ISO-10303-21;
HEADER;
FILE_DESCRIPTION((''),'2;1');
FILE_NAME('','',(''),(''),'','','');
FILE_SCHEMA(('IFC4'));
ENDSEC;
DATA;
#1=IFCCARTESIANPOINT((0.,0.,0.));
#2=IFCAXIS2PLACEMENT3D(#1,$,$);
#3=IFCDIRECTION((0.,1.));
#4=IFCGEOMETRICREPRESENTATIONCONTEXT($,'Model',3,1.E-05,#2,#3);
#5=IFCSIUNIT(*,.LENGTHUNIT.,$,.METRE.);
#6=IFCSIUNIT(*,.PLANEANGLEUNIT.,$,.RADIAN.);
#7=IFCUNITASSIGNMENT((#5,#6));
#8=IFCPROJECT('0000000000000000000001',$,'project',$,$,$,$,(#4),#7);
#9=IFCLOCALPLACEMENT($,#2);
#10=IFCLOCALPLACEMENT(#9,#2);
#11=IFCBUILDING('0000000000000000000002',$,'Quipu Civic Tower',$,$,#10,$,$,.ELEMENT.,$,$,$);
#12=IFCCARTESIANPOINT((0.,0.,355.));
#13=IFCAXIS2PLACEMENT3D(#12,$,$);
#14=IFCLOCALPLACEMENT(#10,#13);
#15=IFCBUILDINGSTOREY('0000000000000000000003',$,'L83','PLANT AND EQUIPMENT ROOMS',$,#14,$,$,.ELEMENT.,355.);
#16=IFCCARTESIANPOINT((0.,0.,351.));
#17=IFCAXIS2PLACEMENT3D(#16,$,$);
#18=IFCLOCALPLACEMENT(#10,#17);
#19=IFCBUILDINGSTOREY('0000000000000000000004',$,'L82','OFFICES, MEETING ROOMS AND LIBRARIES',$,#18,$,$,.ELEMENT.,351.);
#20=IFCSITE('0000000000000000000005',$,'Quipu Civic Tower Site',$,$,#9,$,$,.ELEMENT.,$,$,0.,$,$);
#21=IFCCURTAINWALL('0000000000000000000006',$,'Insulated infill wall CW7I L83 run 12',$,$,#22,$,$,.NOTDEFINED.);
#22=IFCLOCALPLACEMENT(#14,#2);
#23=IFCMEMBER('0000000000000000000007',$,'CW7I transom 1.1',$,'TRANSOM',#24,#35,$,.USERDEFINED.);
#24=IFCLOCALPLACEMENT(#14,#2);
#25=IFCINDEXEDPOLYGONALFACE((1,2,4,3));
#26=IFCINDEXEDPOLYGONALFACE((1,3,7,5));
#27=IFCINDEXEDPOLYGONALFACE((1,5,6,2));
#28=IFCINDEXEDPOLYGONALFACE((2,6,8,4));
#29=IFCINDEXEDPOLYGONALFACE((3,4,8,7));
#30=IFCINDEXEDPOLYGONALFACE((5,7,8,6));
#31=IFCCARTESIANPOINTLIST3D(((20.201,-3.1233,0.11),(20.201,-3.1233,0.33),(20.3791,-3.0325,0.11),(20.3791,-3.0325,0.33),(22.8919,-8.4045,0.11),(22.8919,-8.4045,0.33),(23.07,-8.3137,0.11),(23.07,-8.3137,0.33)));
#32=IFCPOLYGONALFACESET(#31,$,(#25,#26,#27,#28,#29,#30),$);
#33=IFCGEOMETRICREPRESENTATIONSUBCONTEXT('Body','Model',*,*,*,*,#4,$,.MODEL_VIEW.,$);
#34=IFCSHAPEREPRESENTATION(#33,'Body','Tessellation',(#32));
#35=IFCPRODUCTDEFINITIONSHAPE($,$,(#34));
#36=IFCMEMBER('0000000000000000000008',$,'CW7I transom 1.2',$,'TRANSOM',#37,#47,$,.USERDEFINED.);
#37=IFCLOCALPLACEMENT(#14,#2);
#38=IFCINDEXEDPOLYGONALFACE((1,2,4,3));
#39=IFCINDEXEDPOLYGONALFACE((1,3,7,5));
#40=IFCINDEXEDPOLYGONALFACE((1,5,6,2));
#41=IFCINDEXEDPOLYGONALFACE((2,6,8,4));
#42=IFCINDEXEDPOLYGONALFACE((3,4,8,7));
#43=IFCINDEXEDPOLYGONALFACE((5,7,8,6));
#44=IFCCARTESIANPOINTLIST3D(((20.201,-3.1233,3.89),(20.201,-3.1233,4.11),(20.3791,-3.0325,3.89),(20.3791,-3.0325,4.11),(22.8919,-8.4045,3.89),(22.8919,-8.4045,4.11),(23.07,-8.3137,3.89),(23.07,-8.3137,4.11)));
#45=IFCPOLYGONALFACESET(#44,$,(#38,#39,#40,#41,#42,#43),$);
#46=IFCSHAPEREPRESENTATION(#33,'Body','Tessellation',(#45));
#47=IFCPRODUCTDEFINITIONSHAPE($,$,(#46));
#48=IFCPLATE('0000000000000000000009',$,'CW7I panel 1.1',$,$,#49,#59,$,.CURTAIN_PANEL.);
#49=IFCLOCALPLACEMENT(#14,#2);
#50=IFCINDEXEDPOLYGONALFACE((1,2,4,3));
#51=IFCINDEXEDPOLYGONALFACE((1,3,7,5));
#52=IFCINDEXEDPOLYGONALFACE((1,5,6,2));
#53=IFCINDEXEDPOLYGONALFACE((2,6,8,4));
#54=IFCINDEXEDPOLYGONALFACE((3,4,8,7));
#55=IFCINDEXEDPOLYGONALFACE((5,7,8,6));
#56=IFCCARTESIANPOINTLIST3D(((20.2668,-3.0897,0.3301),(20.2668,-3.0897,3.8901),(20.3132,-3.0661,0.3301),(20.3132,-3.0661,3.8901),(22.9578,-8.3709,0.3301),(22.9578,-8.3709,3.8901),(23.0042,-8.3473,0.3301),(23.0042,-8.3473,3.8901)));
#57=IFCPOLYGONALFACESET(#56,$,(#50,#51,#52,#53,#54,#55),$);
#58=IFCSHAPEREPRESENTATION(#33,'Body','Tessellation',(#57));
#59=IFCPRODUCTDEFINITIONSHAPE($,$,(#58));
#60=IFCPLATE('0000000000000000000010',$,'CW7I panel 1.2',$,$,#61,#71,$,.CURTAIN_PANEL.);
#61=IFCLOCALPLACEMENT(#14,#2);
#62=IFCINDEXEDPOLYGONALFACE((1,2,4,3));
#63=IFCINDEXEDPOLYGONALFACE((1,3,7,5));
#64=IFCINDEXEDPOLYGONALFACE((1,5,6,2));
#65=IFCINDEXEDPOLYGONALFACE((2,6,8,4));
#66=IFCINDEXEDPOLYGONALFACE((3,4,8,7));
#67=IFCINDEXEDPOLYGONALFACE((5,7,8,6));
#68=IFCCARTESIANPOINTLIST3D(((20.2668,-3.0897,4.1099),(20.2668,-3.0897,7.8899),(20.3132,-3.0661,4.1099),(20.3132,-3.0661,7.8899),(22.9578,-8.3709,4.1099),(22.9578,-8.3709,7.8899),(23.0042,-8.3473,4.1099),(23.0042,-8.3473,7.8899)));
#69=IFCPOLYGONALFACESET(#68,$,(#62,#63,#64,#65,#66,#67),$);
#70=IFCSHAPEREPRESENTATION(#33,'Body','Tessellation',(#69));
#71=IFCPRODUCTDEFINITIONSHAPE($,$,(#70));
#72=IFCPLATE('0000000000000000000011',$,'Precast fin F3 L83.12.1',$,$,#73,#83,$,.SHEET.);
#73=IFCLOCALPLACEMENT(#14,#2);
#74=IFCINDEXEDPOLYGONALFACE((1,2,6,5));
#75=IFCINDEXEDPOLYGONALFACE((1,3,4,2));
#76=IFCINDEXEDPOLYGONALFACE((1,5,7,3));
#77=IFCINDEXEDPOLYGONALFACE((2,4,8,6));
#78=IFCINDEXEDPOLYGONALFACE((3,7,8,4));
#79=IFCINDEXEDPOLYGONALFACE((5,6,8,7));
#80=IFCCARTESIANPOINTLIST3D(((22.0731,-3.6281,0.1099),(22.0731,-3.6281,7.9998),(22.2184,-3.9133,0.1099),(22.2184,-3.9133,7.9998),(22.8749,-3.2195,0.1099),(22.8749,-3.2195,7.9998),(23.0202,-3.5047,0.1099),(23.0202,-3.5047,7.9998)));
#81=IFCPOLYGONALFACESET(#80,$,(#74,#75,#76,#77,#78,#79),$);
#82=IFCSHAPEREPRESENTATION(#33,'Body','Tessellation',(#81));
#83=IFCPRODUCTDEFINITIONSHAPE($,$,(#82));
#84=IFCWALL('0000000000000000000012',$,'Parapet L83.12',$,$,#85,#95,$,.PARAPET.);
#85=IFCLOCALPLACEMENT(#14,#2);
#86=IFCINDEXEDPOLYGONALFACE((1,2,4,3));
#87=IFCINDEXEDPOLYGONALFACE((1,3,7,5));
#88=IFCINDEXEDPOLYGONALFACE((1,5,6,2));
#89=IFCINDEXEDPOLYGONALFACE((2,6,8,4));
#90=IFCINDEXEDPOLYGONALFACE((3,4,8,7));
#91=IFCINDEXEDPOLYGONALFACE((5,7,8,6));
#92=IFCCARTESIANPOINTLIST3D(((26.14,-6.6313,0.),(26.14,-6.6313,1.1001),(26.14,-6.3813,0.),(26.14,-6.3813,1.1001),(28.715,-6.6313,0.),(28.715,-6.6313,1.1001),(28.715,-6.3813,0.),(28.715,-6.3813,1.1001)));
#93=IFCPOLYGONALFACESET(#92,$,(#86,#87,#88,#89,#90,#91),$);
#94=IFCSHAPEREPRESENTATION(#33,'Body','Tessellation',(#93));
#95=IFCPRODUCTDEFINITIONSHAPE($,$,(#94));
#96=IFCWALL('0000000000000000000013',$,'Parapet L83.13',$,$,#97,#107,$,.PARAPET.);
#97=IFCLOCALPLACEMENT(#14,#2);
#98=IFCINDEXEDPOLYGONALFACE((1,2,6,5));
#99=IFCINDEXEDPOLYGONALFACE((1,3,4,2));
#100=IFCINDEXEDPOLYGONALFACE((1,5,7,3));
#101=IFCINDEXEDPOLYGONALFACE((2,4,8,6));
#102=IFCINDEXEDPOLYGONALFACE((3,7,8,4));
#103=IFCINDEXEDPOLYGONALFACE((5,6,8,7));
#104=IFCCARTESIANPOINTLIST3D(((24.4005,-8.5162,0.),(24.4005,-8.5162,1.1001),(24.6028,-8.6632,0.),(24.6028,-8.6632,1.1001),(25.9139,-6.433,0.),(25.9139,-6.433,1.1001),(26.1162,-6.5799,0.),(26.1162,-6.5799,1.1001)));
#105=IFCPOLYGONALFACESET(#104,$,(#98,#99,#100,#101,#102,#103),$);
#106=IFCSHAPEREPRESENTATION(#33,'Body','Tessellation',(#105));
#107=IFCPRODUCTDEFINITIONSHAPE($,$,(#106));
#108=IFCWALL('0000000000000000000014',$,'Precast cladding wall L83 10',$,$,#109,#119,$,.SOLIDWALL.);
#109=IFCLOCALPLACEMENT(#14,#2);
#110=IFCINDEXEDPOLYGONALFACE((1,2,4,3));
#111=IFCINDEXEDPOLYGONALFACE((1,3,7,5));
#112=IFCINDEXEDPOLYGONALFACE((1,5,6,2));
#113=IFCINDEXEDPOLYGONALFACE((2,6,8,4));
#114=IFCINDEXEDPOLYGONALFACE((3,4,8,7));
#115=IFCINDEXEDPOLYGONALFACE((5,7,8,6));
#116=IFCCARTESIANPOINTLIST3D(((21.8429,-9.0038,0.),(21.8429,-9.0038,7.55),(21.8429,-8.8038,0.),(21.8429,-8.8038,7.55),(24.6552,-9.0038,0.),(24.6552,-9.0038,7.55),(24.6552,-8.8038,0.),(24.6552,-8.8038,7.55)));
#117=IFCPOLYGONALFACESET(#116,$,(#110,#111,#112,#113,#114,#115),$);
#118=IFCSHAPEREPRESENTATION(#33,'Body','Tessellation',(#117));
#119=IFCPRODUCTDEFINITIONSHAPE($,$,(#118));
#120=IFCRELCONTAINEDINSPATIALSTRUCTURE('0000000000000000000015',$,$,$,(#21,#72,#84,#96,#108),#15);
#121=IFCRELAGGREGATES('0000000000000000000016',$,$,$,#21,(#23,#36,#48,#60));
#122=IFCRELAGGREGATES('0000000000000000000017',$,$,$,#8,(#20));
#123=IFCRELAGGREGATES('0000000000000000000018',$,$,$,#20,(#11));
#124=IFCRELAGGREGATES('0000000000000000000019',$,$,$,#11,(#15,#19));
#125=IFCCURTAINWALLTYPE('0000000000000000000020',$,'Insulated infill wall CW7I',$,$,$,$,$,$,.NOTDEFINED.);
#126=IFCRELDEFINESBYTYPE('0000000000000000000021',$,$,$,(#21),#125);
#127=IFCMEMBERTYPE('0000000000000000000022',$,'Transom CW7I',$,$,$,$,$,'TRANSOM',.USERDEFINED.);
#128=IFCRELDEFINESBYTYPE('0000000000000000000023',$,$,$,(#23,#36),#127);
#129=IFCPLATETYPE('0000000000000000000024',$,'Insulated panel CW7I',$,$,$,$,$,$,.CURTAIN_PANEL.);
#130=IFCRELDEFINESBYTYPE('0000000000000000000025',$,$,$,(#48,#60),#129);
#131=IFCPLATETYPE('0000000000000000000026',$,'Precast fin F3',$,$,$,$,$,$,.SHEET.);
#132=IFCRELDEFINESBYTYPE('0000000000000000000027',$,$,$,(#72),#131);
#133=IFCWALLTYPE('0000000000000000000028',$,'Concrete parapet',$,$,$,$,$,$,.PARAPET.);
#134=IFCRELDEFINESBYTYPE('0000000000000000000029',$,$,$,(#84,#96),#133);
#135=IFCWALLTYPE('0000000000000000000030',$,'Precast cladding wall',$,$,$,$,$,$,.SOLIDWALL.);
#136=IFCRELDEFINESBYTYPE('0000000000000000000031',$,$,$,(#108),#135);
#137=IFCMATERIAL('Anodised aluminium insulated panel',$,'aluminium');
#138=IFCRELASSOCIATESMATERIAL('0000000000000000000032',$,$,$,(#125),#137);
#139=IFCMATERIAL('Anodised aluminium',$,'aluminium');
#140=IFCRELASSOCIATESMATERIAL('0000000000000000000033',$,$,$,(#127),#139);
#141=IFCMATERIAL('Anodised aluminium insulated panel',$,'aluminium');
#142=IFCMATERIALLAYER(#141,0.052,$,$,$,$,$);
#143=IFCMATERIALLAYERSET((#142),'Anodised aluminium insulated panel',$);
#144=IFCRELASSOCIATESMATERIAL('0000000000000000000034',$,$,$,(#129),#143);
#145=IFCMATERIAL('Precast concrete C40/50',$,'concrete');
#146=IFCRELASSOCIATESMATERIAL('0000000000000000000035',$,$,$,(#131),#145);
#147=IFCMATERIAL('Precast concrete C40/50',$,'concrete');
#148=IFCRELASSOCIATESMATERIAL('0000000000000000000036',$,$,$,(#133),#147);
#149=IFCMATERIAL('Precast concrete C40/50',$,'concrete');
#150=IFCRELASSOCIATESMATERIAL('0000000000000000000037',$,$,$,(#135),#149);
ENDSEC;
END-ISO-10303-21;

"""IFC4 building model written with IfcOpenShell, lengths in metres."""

from ifc_helpers import new_model, si_unit, direction, frame, frame_2d, origin, origin_2d, place, context, subcontext, project, spatial, rectangle, extrude, material, layer, layer_set, material_profile, profile_set, type_object, element, aggregate, save


model = new_model("IFC4")

# Units and contexts
model_context = context("Model", 3, precision=1e-05, world=origin(), true_north=direction((0.0, 1.0)))
body_context = subcontext(model_context, "Body", "Model", "MODEL_VIEW")
ifc_project = project(units=[si_unit("LENGTHUNIT", "METRE"), si_unit("PLANEANGLEUNIT", "RADIAN")], contexts=[model_context])

# Site, building, storey
site_placement = place(None, origin())
site = spatial("IfcSite", under=ifc_project, at=site_placement, Name="Quipu Civic Tower Site", CompositionType="ELEMENT", RefElevation=0.0)
building_placement = place(site_placement, origin())
building = spatial("IfcBuilding", under=site, at=building_placement, Name="Quipu Civic Tower", CompositionType="ELEMENT")
storey_1_placement = place(building_placement, frame((0.0, 0.0, 355.0)))
storey_1 = spatial("IfcBuildingStorey", under=building, at=storey_1_placement, Name="L83", Description="PLANT AND EQUIPMENT ROOMS", CompositionType="ELEMENT", Elevation=355.0)

# Curtain wall
ifc_material_1 = material(Name="Anodised aluminium insulated panel", Category="aluminium")
curtain_wall_type_1 = type_object("IfcCurtainWallType", Name="Insulated infill wall CW7I", PredefinedType="NOTDEFINED", material=ifc_material_1)
curtain_wall_1_placement = place(storey_1_placement, origin())
curtain_wall_1 = element("IfcCurtainWall", 1, at=curtain_wall_1_placement, inside=storey_1, type_object=curtain_wall_type_1, Name="Insulated infill wall CW7I L83 run 12", PredefinedType="NOTDEFINED")

# Shared definitions
storey_2_placement = place(building_placement, frame((0.0, 0.0, 351.0)))
storey_2 = spatial("IfcBuildingStorey", under=building, at=storey_2_placement, Name="L82", Description="OFFICES, MEETING ROOMS AND LIBRARIES", CompositionType="ELEMENT", Elevation=351.0)

# Members
ifc_material_2 = material(Name="Anodised aluminium", Category="aluminium")
ifc_material_profile_1 = material_profile(ifc_material_2, rectangle(XDim=0.2, YDim=0.22, at=origin_2d()), Name="RECT 200x220")
ifc_profile_set_1 = profile_set([ifc_material_profile_1], Name="Anodised aluminium")
member_type_1 = type_object("IfcMemberType", Name="Transom CW7I", ElementType="TRANSOM", PredefinedType="USERDEFINED", material=ifc_profile_set_1)
member_1_placement = place(storey_1_placement, frame((22.981, -8.3591, 0.22), z_axis=(-0.453989, 0.891007, 0.0), x_axis=(-0.891007, -0.453989, 0.0)))
member_1 = element("IfcMember", 2, at=member_1_placement, type_object=member_type_1, Name="CW7I transom 1.1", ObjectType="TRANSOM", PredefinedType="USERDEFINED", context=body_context, shape_type="SweptSolid", body=[
    extrude(rectangle(XDim=0.2, YDim=0.22, at=origin_2d()), origin(), (0.0, 0.0, 1.0), 5.9272),
])
member_2_placement = place(storey_1_placement, frame((22.981, -8.3591, 4.0), z_axis=(-0.453989, 0.891007, 0.0), x_axis=(-0.891007, -0.453989, 0.0)))
member_2 = element("IfcMember", 3, at=member_2_placement, type_object=member_type_1, Name="CW7I transom 1.2", ObjectType="TRANSOM", PredefinedType="USERDEFINED", context=body_context, shape_type="SweptSolid", body=[
    extrude(rectangle(XDim=0.2, YDim=0.22, at=origin_2d()), origin(), (0.0, 0.0, 1.0), 5.9272),
])

# Plates
ifc_material_3 = material(Name="Anodised aluminium insulated panel", Category="aluminium")
ifc_layer = layer(ifc_material_3, 0.052)
ifc_layer_set = layer_set([ifc_layer], Name="Anodised aluminium insulated panel")
plate_type_1 = type_object("IfcPlateType", Name="Insulated panel CW7I", PredefinedType="CURTAIN_PANEL", material=ifc_layer_set)
plate_1_placement = place(storey_1_placement, frame((21.6355, -5.7185, 0.3301), z_axis=(0.0, 0.0, 1.0), x_axis=(-0.454002, 0.891001, 0.0)))
plate_1 = element("IfcPlate", 4, at=plate_1_placement, type_object=plate_type_1, Name="CW7I panel 1.1", PredefinedType="CURTAIN_PANEL", context=body_context, shape_type="SweptSolid", body=[
    extrude(rectangle(XDim=5.9272, YDim=0.052, at=origin_2d()), origin(), (0.0, 0.0, 1.0), 3.5601),
])
plate_2_placement = place(storey_1_placement, frame((21.6355, -5.7185, 4.1099), z_axis=(0.0, 0.0, 1.0), x_axis=(-0.454002, 0.891001, 0.0)))
plate_2 = element("IfcPlate", 5, at=plate_2_placement, type_object=plate_type_1, Name="CW7I panel 1.2", PredefinedType="CURTAIN_PANEL", context=body_context, shape_type="SweptSolid", body=[
    extrude(rectangle(XDim=5.9272, YDim=0.052, at=origin_2d()), origin(), (0.0, 0.0, 1.0), 3.78),
])
aggregate(curtain_wall_1, [member_1, member_2, plate_1, plate_2])
ifc_material_4 = material(Name="Precast concrete C40/50", Category="concrete")
plate_type_2 = type_object("IfcPlateType", Name="Precast fin F3", PredefinedType="SHEET", material=ifc_material_4)
plate_3_placement = place(storey_1_placement, frame((22.5466, -3.5664, 0.1099), z_axis=(0.0, 0.0, 1.0), x_axis=(-0.45399, 0.891007, 0.0)))
element("IfcPlate", 6, at=plate_3_placement, inside=storey_1, type_object=plate_type_2, Name="Precast fin F3 L83.12.1", PredefinedType="SHEET", context=body_context, shape_type="SweptSolid", body=[
    extrude(rectangle(XDim=0.3201, YDim=0.8999, at=origin_2d()), origin(), (0.0, 0.0, 1.0), 7.8899),
])

# Walls
ifc_material_5 = material(Name="Precast concrete C40/50", Category="concrete")
wall_type_1 = type_object("IfcWallType", Name="Concrete parapet", PredefinedType="PARAPET", material=ifc_material_5)
for number, where, z_axis, x_axis, name in (
    (7, (28.7151, -6.5063, 0.0), (0.0, 0.0, 1.0), (-1.0, 0.0, 0.0), "Parapet L83.12"),
    (8, (26.0151, -6.5063, 0.0), (0.0, 0.0, 1.0), (-0.587749, -0.809043, 0.0), "Parapet L83.13"),
):
    element("IfcWall", number, at=place(storey_1_placement, frame(where, z_axis=z_axis, x_axis=x_axis)), inside=storey_1, type_object=wall_type_1, Name=name, PredefinedType="PARAPET", context=body_context, shape_type="SweptSolid", body=[
        extrude(rectangle(XDim=2.575, YDim=0.25, at=frame_2d((1.2876, 0.0))), origin(), (0.0, 0.0, 1.0), 1.1001),
    ])
ifc_material_6 = material(Name="Precast concrete C40/50", Category="concrete")
wall_type_2 = type_object("IfcWallType", Name="Precast cladding wall", PredefinedType="SOLIDWALL", material=ifc_material_6)
wall_placement = place(storey_1_placement, frame((21.8428, -8.9038, 0.0), z_axis=(0.0, 0.0, 1.0), x_axis=(1.0, 0.0, 0.0)))
element("IfcWall", 9, at=wall_placement, inside=storey_1, type_object=wall_type_2, Name="Precast cladding wall L83 10", PredefinedType="SOLIDWALL", context=body_context, shape_type="SweptSolid", body=[
    extrude(rectangle(XDim=2.8123, YDim=0.2, at=frame_2d((1.4062, 0.0))), origin(), (0.0, 0.0, 1.0), 7.55),
])

save(model, "model.ifc")
